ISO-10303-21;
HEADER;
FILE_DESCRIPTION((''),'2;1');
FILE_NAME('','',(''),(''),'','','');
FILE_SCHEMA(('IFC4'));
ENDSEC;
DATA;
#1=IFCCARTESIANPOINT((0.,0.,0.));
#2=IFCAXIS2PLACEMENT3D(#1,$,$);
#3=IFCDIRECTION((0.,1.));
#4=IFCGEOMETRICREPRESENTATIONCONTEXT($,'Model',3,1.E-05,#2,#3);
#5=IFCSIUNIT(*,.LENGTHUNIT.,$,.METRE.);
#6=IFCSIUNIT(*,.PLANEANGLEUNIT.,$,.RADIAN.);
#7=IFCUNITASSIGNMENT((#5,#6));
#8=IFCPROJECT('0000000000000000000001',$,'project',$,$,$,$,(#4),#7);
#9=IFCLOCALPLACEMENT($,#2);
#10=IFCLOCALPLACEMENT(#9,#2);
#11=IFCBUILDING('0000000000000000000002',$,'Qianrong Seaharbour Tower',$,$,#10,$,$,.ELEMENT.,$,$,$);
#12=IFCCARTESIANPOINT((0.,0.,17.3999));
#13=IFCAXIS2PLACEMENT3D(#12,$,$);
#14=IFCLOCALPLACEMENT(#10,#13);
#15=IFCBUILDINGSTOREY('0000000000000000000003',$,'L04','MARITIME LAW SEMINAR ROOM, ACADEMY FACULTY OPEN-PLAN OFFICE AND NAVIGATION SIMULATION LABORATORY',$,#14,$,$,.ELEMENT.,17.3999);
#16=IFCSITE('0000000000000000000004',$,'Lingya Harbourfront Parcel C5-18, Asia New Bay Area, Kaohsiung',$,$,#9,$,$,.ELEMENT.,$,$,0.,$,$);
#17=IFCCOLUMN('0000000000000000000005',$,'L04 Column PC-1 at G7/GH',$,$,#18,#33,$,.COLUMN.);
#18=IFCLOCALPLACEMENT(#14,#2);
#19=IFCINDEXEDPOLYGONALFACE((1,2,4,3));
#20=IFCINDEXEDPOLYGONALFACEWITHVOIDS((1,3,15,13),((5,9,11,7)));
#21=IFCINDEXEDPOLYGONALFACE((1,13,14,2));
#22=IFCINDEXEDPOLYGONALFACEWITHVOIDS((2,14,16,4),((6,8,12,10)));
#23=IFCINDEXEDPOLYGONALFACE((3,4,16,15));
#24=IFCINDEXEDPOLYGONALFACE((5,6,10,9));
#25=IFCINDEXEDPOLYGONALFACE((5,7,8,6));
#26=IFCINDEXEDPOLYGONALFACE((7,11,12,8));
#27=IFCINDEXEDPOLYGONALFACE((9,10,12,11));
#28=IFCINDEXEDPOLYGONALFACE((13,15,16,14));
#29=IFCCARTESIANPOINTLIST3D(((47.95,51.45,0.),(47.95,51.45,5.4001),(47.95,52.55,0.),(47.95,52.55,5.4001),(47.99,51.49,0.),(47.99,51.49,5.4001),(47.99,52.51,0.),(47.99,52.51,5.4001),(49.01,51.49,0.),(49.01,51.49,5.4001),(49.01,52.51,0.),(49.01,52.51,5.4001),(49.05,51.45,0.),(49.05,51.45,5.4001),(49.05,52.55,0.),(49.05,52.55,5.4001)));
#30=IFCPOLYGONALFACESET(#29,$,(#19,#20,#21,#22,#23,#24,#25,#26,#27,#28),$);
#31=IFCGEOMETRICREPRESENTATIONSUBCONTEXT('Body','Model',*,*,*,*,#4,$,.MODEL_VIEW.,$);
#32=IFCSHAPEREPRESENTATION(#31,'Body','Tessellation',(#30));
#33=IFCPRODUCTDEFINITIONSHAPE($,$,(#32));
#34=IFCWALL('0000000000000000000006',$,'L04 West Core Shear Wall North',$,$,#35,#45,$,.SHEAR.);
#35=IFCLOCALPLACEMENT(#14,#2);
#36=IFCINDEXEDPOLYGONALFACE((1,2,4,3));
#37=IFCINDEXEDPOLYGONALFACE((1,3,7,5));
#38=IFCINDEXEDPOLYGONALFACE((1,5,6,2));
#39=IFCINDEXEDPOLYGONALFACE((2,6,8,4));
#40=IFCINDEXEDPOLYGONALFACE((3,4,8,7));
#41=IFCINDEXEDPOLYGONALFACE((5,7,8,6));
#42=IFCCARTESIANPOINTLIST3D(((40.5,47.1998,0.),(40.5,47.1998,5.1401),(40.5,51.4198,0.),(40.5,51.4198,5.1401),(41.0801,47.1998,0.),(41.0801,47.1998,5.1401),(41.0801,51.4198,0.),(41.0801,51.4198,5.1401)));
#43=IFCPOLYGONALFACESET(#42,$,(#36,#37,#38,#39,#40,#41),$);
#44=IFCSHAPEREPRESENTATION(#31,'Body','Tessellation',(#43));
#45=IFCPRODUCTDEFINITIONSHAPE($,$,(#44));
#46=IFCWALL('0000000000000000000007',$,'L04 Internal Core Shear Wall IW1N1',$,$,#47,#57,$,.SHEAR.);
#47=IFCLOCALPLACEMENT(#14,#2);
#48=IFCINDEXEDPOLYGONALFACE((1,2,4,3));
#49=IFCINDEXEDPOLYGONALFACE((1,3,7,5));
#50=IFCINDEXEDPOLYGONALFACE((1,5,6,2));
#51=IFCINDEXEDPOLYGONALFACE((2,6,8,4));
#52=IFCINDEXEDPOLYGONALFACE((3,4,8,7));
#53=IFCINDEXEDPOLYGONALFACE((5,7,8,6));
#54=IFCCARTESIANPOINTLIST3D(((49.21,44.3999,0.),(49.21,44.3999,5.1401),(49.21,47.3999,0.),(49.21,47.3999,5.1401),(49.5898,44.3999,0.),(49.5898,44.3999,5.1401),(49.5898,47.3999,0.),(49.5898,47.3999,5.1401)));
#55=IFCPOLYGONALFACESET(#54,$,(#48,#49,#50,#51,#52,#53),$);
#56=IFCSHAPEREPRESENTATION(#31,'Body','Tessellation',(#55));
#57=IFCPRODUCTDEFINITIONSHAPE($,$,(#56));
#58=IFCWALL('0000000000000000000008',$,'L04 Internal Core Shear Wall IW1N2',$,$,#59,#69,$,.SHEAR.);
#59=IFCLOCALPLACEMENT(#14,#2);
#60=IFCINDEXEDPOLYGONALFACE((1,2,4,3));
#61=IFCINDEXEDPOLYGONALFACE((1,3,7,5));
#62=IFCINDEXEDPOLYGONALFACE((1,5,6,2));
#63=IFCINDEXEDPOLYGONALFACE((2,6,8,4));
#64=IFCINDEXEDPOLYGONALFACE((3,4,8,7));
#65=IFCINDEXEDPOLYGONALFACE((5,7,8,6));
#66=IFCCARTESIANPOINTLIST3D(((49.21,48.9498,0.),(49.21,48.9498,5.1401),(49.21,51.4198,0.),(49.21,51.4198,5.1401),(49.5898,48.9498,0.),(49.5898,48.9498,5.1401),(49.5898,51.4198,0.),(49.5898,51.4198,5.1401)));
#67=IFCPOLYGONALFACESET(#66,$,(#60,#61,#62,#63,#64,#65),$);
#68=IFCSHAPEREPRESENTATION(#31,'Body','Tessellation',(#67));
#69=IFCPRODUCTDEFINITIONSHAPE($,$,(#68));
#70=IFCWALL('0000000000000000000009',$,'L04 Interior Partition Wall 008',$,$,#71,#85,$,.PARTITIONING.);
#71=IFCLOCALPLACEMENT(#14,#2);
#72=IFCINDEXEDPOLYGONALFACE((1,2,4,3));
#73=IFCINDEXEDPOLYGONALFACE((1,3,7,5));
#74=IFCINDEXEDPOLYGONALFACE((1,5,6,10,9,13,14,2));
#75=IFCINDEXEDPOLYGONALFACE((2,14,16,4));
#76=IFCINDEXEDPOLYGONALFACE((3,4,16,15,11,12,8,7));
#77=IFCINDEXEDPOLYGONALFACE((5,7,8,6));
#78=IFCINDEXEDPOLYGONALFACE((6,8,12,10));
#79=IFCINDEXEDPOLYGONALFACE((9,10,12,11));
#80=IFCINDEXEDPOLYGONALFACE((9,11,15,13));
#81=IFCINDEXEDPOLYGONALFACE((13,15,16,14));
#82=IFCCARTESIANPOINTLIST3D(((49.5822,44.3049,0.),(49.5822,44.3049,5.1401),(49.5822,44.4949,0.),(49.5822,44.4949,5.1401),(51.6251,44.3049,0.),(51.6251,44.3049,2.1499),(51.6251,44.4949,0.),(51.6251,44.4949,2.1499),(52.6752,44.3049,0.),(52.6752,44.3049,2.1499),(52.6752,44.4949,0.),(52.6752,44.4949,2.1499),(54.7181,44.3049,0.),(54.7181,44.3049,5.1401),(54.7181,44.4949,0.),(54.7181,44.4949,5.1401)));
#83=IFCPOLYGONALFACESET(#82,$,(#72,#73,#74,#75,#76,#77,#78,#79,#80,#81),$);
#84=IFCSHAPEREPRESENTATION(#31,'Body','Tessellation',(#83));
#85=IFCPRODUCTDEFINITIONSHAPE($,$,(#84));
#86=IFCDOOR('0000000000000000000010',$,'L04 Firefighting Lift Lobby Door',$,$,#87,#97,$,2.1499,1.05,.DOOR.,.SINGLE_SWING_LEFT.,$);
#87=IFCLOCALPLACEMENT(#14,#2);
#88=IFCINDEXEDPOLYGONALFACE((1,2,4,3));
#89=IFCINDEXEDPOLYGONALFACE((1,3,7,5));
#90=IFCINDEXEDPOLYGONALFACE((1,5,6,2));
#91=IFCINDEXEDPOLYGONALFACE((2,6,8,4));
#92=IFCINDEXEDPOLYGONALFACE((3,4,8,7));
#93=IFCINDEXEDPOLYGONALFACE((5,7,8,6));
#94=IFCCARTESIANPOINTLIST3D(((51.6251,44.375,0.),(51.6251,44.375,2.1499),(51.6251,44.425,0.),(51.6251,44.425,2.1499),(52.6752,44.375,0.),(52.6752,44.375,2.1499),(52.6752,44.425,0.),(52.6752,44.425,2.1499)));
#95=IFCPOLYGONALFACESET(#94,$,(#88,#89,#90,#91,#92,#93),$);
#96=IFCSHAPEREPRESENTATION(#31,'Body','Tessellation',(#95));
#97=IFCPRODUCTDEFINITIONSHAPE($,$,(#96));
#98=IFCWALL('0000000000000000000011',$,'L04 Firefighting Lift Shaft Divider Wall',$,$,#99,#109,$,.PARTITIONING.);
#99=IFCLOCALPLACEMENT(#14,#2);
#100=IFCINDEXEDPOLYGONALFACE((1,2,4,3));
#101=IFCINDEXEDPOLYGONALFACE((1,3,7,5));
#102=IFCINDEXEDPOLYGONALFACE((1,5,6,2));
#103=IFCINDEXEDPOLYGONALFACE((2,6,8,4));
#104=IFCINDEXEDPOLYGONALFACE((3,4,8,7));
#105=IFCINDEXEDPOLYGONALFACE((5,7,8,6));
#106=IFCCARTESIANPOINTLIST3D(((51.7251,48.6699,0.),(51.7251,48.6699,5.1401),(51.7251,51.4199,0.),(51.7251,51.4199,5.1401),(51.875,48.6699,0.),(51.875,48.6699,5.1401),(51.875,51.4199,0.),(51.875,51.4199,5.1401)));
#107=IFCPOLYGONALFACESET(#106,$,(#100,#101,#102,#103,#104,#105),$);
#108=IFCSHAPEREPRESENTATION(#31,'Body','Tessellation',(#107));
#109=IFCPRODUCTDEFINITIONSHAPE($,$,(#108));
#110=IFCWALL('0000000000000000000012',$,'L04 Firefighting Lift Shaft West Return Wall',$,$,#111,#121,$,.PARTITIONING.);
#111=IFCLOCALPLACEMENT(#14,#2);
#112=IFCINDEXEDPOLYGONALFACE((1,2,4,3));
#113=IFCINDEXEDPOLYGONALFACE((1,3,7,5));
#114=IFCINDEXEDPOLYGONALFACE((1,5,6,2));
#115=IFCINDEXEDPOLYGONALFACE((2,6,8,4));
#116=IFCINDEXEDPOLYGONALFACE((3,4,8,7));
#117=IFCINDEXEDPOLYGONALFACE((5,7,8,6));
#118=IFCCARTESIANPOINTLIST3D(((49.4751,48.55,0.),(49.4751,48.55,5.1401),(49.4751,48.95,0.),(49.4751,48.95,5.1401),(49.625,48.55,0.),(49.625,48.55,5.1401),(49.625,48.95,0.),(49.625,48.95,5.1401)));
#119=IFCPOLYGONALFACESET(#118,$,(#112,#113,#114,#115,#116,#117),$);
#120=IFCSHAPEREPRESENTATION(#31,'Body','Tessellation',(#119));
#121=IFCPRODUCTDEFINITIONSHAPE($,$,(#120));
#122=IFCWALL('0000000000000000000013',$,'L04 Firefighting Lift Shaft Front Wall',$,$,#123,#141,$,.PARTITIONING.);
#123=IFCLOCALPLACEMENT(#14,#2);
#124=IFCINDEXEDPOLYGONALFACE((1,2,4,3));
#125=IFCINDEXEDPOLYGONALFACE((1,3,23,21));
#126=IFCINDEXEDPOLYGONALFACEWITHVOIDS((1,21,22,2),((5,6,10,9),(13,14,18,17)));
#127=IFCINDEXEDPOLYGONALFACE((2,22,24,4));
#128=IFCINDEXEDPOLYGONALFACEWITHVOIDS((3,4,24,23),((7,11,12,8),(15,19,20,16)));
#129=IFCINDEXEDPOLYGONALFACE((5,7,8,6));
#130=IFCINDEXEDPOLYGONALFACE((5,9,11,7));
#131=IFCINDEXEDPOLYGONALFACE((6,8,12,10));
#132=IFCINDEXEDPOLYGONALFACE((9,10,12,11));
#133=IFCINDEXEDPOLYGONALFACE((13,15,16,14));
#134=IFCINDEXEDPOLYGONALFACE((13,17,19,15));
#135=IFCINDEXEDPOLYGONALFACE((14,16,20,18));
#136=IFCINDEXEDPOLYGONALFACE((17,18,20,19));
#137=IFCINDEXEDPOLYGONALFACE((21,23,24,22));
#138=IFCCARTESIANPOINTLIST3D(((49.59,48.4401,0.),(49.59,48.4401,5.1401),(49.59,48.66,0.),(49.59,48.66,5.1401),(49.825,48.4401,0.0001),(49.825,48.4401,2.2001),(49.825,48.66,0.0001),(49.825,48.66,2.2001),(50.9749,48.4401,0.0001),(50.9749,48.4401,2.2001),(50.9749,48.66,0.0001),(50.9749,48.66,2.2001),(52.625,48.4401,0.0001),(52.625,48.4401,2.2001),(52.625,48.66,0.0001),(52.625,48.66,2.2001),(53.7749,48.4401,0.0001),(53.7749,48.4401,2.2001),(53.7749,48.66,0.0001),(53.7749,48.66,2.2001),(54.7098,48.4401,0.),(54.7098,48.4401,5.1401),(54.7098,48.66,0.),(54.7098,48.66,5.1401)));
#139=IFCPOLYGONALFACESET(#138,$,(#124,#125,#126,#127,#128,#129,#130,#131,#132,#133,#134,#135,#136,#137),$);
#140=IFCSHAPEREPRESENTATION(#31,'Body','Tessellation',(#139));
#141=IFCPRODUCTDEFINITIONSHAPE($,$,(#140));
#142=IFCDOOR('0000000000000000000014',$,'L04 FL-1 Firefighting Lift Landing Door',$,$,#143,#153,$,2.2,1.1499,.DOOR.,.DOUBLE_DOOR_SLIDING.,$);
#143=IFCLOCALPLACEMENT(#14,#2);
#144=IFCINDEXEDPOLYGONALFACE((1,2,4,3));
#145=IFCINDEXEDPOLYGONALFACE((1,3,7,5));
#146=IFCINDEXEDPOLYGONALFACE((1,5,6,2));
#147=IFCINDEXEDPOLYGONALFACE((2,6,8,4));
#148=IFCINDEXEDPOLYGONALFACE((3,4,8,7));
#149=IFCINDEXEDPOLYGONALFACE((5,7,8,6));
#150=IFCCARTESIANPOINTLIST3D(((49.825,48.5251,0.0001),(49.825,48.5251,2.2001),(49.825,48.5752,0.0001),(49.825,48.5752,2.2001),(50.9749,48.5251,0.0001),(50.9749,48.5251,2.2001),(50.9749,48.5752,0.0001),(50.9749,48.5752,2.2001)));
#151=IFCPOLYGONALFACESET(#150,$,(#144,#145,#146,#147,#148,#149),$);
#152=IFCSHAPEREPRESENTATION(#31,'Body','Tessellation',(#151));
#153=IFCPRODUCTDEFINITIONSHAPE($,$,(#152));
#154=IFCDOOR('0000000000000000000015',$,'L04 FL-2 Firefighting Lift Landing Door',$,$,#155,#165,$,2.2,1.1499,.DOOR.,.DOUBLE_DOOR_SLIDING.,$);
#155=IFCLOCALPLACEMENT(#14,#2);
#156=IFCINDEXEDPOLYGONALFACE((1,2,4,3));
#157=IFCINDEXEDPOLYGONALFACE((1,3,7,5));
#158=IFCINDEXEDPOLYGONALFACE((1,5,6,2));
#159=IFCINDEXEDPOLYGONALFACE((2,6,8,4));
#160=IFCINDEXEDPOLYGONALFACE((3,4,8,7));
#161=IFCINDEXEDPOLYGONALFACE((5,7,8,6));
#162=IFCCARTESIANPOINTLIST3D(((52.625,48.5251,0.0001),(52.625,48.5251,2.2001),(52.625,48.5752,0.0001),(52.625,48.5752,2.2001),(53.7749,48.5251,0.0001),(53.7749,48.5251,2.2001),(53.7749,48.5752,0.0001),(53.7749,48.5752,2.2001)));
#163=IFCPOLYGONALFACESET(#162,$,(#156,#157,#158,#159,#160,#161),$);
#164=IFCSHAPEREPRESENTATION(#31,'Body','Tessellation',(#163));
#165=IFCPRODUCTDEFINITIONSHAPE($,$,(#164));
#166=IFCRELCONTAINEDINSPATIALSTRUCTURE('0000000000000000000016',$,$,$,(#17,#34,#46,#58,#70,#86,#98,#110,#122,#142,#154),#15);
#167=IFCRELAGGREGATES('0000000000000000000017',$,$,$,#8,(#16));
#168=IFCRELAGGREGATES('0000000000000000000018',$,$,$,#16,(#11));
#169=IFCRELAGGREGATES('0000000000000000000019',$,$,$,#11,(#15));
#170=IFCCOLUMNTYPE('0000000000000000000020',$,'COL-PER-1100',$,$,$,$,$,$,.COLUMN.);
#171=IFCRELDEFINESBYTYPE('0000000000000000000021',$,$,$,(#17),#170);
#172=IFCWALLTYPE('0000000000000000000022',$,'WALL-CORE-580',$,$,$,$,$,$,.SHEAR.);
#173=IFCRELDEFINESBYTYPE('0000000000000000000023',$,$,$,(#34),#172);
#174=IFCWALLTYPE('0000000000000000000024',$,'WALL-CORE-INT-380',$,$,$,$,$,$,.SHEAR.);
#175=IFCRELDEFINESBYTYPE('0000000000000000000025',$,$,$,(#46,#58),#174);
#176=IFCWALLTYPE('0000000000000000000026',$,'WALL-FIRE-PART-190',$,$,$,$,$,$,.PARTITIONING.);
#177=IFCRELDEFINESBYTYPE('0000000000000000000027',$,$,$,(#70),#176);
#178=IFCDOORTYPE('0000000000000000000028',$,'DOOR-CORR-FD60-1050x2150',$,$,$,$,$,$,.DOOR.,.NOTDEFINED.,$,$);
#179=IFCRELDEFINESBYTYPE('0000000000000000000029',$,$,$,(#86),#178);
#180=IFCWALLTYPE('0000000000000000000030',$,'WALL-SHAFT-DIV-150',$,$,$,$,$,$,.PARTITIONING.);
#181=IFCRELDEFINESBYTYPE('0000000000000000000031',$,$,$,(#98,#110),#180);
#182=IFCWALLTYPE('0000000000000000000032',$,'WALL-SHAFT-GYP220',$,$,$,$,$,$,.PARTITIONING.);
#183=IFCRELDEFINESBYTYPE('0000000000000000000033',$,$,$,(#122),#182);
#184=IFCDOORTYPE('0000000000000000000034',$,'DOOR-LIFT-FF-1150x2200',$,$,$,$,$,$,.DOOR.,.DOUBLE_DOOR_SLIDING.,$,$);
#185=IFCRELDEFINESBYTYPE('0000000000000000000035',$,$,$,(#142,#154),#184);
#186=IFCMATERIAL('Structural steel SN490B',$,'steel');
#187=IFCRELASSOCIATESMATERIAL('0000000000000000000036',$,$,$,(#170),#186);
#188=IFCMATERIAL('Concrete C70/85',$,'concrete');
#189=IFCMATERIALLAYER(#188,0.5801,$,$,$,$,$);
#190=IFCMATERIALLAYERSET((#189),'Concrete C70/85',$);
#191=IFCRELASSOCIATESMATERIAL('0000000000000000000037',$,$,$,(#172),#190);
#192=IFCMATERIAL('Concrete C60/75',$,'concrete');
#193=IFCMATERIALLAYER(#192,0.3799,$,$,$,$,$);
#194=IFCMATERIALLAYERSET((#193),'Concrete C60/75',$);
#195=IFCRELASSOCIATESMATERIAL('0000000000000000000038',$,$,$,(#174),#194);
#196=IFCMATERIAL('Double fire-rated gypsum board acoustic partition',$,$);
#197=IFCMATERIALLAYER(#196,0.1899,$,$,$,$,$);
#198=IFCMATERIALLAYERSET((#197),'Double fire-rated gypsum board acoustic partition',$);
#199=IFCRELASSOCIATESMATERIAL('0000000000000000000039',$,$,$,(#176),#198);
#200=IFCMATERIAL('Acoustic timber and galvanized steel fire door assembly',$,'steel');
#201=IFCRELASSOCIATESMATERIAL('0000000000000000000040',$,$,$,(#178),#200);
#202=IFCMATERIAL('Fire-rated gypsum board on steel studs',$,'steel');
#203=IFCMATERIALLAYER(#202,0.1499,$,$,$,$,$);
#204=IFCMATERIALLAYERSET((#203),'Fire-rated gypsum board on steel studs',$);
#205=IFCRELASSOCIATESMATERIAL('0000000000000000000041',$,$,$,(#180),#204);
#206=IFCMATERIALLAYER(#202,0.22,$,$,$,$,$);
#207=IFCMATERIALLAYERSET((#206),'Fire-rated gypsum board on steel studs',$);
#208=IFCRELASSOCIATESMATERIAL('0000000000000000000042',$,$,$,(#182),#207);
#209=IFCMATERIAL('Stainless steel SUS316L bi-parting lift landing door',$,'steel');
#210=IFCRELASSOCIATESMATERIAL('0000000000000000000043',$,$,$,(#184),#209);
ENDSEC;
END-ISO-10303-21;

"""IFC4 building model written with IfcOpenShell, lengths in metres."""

from ifc_helpers import new_model, si_unit, direction, frame, frame_2d, origin, origin_2d, place, context, subcontext, project, spatial, rectangle, hollow_rectangle, extrude, material, layer, layer_set, material_profile, profile_set, type_object, element, fill, save


model = new_model("IFC4")

# Units and contexts
model_context = context("Model", 3, precision=1e-05, world=origin(), true_north=direction((0.0, 1.0)))
body_context = subcontext(model_context, "Body", "Model", "MODEL_VIEW")
ifc_project = project(units=[si_unit("LENGTHUNIT", "METRE"), si_unit("PLANEANGLEUNIT", "RADIAN")], contexts=[model_context])

# Site, building, storey
site_placement = place(None, origin())
site = spatial("IfcSite", under=ifc_project, at=site_placement, Name="Lingya Harbourfront Parcel C5-18, Asia New Bay Area, Kaohsiung", CompositionType="ELEMENT", RefElevation=0.0)
building_placement = place(site_placement, origin())
building = spatial("IfcBuilding", under=site, at=building_placement, Name="Qianrong Seaharbour Tower", CompositionType="ELEMENT")
storey_placement = place(building_placement, frame((0.0, 0.0, 17.3999)))
storey = spatial("IfcBuildingStorey", under=building, at=storey_placement, Name="L04", Description="MARITIME LAW SEMINAR ROOM, ACADEMY FACULTY OPEN-PLAN OFFICE AND NAVIGATION SIMULATION LABORATORY", CompositionType="ELEMENT", Elevation=17.3999)

# Column
ifc_material_1 = material(Name="Structural steel SN490B", Category="steel")
ifc_material_profile = material_profile(ifc_material_1, hollow_rectangle(XDim=1.1001, YDim=1.1001, WallThickness=0.04, at=origin_2d()), Name="BOX1100x1100x40")
ifc_profile_set = profile_set([ifc_material_profile], Name="Structural steel SN490B")
column_type = type_object("IfcColumnType", Name="COL-PER-1100", PredefinedType="COLUMN", material=ifc_profile_set)
column_placement = place(storey_placement, frame((48.5, 52.0, 0.0), z_axis=(0.0, 0.0, 1.0), x_axis=(1.0, 0.0, 0.0)))
element("IfcColumn", 1, at=column_placement, inside=storey, type_object=column_type, Name="L04 Column PC-1 at G7/GH", PredefinedType="COLUMN", context=body_context, shape_type="SweptSolid", body=[
    extrude(hollow_rectangle(XDim=1.1001, YDim=1.1001, WallThickness=0.04, at=origin_2d()), origin(), (0.0, 0.0, 1.0), 5.4001),
])

# Walls
ifc_material_2 = material(Name="Concrete C70/85", Category="concrete")
ifc_layer_1 = layer(ifc_material_2, 0.5801)
ifc_layer_set_1 = layer_set([ifc_layer_1], Name="Concrete C70/85")
wall_type_1 = type_object("IfcWallType", Name="WALL-CORE-580", PredefinedType="SHEAR", material=ifc_layer_set_1)
wall_1_placement = place(storey_placement, frame((40.79, 47.2, 0.0), z_axis=(0.0, 0.0, 1.0), x_axis=(0.0, 1.0, 0.0)))
element("IfcWall", 2, at=wall_1_placement, inside=storey, type_object=wall_type_1, Name="L04 West Core Shear Wall North", PredefinedType="SHEAR", context=body_context, shape_type="SweptSolid", body=[
    extrude(rectangle(XDim=4.22, YDim=0.5801, at=frame_2d((2.1099, 0.0))), origin(), (0.0, 0.0, 1.0), 5.1401),
])
ifc_material_3 = material(Name="Concrete C60/75", Category="concrete")
ifc_layer_2 = layer(ifc_material_3, 0.3799)
ifc_layer_set_2 = layer_set([ifc_layer_2], Name="Concrete C60/75")
wall_type_2 = type_object("IfcWallType", Name="WALL-CORE-INT-380", PredefinedType="SHEAR", material=ifc_layer_set_2)
wall_2_placement = place(storey_placement, frame((49.3999, 44.3999, 0.0), z_axis=(0.0, 0.0, 1.0), x_axis=(0.0, 1.0, 0.0)))
element("IfcWall", 3, at=wall_2_placement, inside=storey, type_object=wall_type_2, Name="L04 Internal Core Shear Wall IW1N1", PredefinedType="SHEAR", context=body_context, shape_type="SweptSolid", body=[
    extrude(rectangle(XDim=3.0, YDim=0.3799, at=frame_2d((1.5, 0.0))), origin(), (0.0, 0.0, 1.0), 5.1401),
])
wall_3_placement = place(storey_placement, frame((49.3999, 48.95, 0.0), z_axis=(0.0, 0.0, 1.0), x_axis=(0.0, 1.0, 0.0)))
element("IfcWall", 4, at=wall_3_placement, inside=storey, type_object=wall_type_2, Name="L04 Internal Core Shear Wall IW1N2", PredefinedType="SHEAR", context=body_context, shape_type="SweptSolid", body=[
    extrude(rectangle(XDim=2.47, YDim=0.3799, at=frame_2d((1.2349, 0.0))), origin(), (0.0, 0.0, 1.0), 5.1401),
])

# Wall, opening, door
ifc_material_4 = material(Name="Double fire-rated gypsum board acoustic partition")
ifc_layer_3 = layer(ifc_material_4, 0.1899)
ifc_layer_set_3 = layer_set([ifc_layer_3], Name="Double fire-rated gypsum board acoustic partition")
wall_type_3 = type_object("IfcWallType", Name="WALL-FIRE-PART-190", PredefinedType="PARTITIONING", material=ifc_layer_set_3)
wall_4_placement = place(storey_placement, frame((54.718, 44.3999, 0.0), z_axis=(0.0, 0.0, 1.0), x_axis=(-1.0, 0.0, 0.0)))
wall_4 = element("IfcWall", 5, at=wall_4_placement, inside=storey, type_object=wall_type_3, Name="L04 Interior Partition Wall 008", PredefinedType="PARTITIONING", context=body_context, shape_type="SweptSolid", body=[
    extrude(rectangle(XDim=5.136, YDim=0.1899, at=frame_2d((2.5679, 0.0))), origin(), (0.0, 0.0, 1.0), 5.1401),
])
opening_1_placement = place(wall_4_placement, frame((2.043, 0.0, 0.0)))
opening_1 = element("IfcOpeningElement", 6, at=opening_1_placement, cuts=wall_4, PredefinedType="OPENING", context=body_context, shape_type="SweptSolid", body=[
    extrude(rectangle(XDim=1.05, YDim=2.1499, at=frame_2d((0.5249, 1.075))), frame((0.0, 0.105, 0.0), z_axis=(0.0, -1.0, 0.0), x_axis=(1.0, 0.0, 0.0)), (0.0, 0.0, 1.0), 0.21),
])
ifc_material_5 = material(Name="Acoustic timber and galvanized steel fire door assembly", Category="steel")
door_type_1 = type_object("IfcDoorType", Name="DOOR-CORR-FD60-1050x2150", OperationType="NOTDEFINED", PredefinedType="DOOR", material=ifc_material_5)
door_1_placement = place(opening_1_placement, origin())
door_1 = element("IfcDoor", 7, at=door_1_placement, inside=storey, type_object=door_type_1, Name="L04 Firefighting Lift Lobby Door", OperationType="SINGLE_SWING_LEFT", OverallHeight=2.1499, OverallWidth=1.05, PredefinedType="DOOR", context=body_context, shape_type="SweptSolid", body=[
    extrude(rectangle(XDim=1.05, YDim=2.1499, at=frame_2d((0.5249, 1.075))), frame((0.0, 0.0249, 0.0), z_axis=(0.0, -1.0, 0.0), x_axis=(1.0, 0.0, 0.0)), (0.0, 0.0, 1.0), 0.05),
])
fill(opening_1, door_1)

# Walls
ifc_material_6 = material(Name="Fire-rated gypsum board on steel studs", Category="steel")
ifc_layer_4 = layer(ifc_material_6, 0.1499)
ifc_layer_set_4 = layer_set([ifc_layer_4], Name="Fire-rated gypsum board on steel studs")
wall_type_4 = type_object("IfcWallType", Name="WALL-SHAFT-DIV-150", PredefinedType="PARTITIONING", material=ifc_layer_set_4)
wall_5_placement = place(storey_placement, frame((51.8, 48.6699, 0.0), z_axis=(0.0, 0.0, 1.0), x_axis=(0.0, 1.0, 0.0)))
element("IfcWall", 8, at=wall_5_placement, inside=storey, type_object=wall_type_4, Name="L04 Firefighting Lift Shaft Divider Wall", PredefinedType="PARTITIONING", context=body_context, shape_type="SweptSolid", body=[
    extrude(rectangle(XDim=2.75, YDim=0.1499, at=frame_2d((1.375, 0.0))), origin(), (0.0, 0.0, 1.0), 5.1401),
])
wall_6_placement = place(storey_placement, frame((49.55, 48.55, 0.0), z_axis=(0.0, 0.0, 1.0), x_axis=(0.0, 1.0, 0.0)))
element("IfcWall", 9, at=wall_6_placement, inside=storey, type_object=wall_type_4, Name="L04 Firefighting Lift Shaft West Return Wall", PredefinedType="PARTITIONING", context=body_context, shape_type="SweptSolid", body=[
    extrude(rectangle(XDim=0.3999, YDim=0.1499, at=frame_2d((0.2, 0.0))), origin(), (0.0, 0.0, 1.0), 5.1401),
])

# Wall, openings, doors
ifc_layer_5 = layer(ifc_material_6, 0.22)
ifc_layer_set_5 = layer_set([ifc_layer_5], Name="Fire-rated gypsum board on steel studs")
wall_type_5 = type_object("IfcWallType", Name="WALL-SHAFT-GYP220", PredefinedType="PARTITIONING", material=ifc_layer_set_5)
wall_7_placement = place(storey_placement, frame((54.71, 48.55, 0.0), z_axis=(0.0, 0.0, 1.0), x_axis=(-1.0, 0.0, 0.0)))
wall_7 = element("IfcWall", 10, at=wall_7_placement, inside=storey, type_object=wall_type_5, Name="L04 Firefighting Lift Shaft Front Wall", PredefinedType="PARTITIONING", context=body_context, shape_type="SweptSolid", body=[
    extrude(rectangle(XDim=5.1199, YDim=0.22, at=frame_2d((2.5601, 0.0))), origin(), (0.0, 0.0, 1.0), 5.1401),
])
opening_2_placement = place(wall_7_placement, frame((3.7351, 0.0, 0.0)))
opening_2 = element("IfcOpeningElement", 11, at=opening_2_placement, cuts=wall_7, PredefinedType="OPENING", context=body_context, shape_type="SweptSolid", body=[
    extrude(rectangle(XDim=1.1499, YDim=2.2, at=frame_2d((0.575, 1.1001))), frame((0.0, 0.1201, 0.0), z_axis=(0.0, -1.0, 0.0), x_axis=(1.0, 0.0, 0.0)), (0.0, 0.0, 1.0), 0.24),
])
opening_3_placement = place(wall_7_placement, frame((0.9351, 0.0, 0.0)))
opening_3 = element("IfcOpeningElement", 12, at=opening_3_placement, cuts=wall_7, PredefinedType="OPENING", context=body_context, shape_type="SweptSolid", body=[
    extrude(rectangle(XDim=1.1499, YDim=2.2, at=frame_2d((0.575, 1.1001))), frame((0.0, 0.1201, 0.0), z_axis=(0.0, -1.0, 0.0), x_axis=(1.0, 0.0, 0.0)), (0.0, 0.0, 1.0), 0.24),
])
ifc_material_7 = material(Name="Stainless steel SUS316L bi-parting lift landing door", Category="steel")
door_type_2 = type_object("IfcDoorType", Name="DOOR-LIFT-FF-1150x2200", OperationType="DOUBLE_DOOR_SLIDING", PredefinedType="DOOR", material=ifc_material_7)
door_2_placement = place(opening_2_placement, origin())
door_2 = element("IfcDoor", 13, at=door_2_placement, inside=storey, type_object=door_type_2, Name="L04 FL-1 Firefighting Lift Landing Door", OperationType="DOUBLE_DOOR_SLIDING", OverallHeight=2.2, OverallWidth=1.1499, PredefinedType="DOOR", context=body_context, shape_type="SweptSolid", body=[
    extrude(rectangle(XDim=1.1499, YDim=2.2, at=frame_2d((0.575, 1.1001))), frame((0.0, 0.0249, 0.0), z_axis=(0.0, -1.0, 0.0), x_axis=(1.0, 0.0, 0.0)), (0.0, 0.0, 1.0), 0.05),
])
fill(opening_2, door_2)
door_3_placement = place(opening_3_placement, origin())
door_3 = element("IfcDoor", 14, at=door_3_placement, inside=storey, type_object=door_type_2, Name="L04 FL-2 Firefighting Lift Landing Door", OperationType="DOUBLE_DOOR_SLIDING", OverallHeight=2.2, OverallWidth=1.1499, PredefinedType="DOOR", context=body_context, shape_type="SweptSolid", body=[
    extrude(rectangle(XDim=1.1499, YDim=2.2, at=frame_2d((0.575, 1.1001))), frame((0.0, 0.0249, 0.0), z_axis=(0.0, -1.0, 0.0), x_axis=(1.0, 0.0, 0.0)), (0.0, 0.0, 1.0), 0.05),
])
fill(opening_3, door_3)

save(model, "model.ifc")
